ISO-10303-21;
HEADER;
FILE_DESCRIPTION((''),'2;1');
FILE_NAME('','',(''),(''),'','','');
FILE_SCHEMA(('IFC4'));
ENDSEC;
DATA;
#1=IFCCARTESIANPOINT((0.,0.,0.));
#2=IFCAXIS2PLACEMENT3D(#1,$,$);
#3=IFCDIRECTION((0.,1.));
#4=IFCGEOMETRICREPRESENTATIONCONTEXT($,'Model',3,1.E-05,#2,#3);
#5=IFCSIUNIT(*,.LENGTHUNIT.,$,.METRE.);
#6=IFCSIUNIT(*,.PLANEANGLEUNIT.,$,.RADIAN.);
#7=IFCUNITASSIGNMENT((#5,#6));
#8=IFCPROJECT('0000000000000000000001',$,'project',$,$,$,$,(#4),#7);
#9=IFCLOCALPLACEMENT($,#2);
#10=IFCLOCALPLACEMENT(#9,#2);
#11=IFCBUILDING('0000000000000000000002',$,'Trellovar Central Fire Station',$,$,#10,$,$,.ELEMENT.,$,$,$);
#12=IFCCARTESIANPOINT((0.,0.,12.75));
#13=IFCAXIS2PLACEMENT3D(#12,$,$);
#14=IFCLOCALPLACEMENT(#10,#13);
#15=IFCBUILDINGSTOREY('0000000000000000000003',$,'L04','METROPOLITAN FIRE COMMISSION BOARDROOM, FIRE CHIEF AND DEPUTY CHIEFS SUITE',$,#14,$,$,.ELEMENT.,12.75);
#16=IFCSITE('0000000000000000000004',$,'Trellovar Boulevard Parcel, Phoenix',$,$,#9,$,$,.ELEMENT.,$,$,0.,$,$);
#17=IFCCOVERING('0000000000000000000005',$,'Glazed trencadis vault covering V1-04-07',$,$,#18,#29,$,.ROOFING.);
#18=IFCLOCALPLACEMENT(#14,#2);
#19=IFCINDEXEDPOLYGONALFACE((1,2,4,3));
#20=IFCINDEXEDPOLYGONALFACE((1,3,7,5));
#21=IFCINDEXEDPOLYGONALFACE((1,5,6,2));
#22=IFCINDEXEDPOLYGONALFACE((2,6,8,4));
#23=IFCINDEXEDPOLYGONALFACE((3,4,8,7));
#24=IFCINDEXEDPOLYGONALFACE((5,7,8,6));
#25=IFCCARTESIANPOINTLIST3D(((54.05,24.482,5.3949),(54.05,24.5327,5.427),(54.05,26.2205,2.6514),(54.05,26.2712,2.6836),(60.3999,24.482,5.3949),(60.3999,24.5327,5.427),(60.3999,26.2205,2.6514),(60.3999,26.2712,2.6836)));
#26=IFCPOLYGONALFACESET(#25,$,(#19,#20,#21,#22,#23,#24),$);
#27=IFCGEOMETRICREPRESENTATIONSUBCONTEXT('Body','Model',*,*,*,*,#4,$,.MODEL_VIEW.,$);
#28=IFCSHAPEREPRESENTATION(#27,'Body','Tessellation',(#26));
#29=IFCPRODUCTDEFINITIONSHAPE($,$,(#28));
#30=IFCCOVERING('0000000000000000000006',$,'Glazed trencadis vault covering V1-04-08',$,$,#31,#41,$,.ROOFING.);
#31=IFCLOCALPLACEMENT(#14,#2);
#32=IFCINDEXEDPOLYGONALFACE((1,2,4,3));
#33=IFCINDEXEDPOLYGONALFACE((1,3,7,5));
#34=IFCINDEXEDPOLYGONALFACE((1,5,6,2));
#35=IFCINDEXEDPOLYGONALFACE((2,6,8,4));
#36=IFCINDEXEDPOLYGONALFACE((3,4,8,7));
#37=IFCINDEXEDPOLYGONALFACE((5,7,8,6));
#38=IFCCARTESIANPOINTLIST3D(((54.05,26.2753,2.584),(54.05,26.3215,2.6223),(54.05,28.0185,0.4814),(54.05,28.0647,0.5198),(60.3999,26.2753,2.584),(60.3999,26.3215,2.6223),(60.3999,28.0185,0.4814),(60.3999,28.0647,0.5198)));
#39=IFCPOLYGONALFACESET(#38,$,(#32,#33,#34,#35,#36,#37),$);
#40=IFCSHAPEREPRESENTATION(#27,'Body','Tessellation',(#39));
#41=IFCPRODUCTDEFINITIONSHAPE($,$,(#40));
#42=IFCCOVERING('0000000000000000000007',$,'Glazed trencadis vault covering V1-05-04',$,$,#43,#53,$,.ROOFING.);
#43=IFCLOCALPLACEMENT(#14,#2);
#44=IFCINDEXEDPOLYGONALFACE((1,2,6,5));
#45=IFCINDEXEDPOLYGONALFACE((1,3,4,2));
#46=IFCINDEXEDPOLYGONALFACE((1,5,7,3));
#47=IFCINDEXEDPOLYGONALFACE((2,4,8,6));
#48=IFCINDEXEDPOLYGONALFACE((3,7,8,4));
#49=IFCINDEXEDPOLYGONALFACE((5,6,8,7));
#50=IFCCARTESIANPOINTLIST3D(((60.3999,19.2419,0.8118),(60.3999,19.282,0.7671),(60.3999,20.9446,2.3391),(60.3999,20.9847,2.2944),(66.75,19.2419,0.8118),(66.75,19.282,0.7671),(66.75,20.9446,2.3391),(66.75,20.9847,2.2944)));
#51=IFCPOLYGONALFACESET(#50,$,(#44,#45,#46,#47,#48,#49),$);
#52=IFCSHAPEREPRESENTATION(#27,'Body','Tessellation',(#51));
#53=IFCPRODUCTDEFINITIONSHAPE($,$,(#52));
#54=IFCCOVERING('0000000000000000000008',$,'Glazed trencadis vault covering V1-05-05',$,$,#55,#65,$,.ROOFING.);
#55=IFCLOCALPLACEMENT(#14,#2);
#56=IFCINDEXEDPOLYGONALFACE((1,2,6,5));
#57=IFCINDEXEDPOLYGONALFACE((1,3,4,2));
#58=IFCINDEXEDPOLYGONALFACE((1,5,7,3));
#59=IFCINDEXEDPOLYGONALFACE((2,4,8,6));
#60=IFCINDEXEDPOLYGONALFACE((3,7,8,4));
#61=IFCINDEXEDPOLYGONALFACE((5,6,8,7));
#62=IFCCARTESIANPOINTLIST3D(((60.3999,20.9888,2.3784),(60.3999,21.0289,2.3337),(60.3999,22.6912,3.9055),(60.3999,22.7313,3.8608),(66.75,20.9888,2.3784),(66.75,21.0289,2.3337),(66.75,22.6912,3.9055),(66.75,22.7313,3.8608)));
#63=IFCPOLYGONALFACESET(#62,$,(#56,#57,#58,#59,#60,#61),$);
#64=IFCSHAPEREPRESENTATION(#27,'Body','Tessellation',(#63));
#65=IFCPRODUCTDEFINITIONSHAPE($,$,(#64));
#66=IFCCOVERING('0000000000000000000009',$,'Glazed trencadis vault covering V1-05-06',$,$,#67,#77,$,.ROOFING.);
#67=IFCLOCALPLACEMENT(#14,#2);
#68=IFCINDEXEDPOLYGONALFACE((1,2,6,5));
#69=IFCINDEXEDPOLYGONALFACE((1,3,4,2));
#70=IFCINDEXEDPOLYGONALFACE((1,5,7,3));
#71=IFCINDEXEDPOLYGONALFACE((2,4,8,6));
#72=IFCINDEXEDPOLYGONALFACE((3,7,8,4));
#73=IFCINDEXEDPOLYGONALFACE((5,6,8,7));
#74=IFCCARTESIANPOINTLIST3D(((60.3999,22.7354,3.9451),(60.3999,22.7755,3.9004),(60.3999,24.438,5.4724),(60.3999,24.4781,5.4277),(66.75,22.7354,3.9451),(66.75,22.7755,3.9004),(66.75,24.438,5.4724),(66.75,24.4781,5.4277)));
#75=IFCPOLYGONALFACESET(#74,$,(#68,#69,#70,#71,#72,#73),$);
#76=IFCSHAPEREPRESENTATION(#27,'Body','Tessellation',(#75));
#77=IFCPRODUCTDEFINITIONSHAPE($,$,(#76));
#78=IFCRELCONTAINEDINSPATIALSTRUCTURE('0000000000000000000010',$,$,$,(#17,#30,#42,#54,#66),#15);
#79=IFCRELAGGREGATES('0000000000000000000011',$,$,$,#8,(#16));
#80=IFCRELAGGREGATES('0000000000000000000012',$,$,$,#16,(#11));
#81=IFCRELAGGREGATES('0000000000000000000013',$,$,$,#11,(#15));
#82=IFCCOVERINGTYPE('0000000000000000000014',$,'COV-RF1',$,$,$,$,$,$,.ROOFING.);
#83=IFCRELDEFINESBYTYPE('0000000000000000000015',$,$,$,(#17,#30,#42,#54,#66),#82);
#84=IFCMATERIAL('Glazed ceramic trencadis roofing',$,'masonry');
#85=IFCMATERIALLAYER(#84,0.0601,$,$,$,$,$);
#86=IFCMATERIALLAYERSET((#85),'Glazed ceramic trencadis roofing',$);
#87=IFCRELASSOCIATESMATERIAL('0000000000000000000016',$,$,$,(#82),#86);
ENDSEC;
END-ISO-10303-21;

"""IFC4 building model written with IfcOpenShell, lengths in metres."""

from ifc_helpers import new_model, si_unit, direction, frame, origin, place, context, subcontext, project, spatial, polyline, outline, extrude, material, layer, layer_set, type_object, element, save


model = new_model("IFC4")

# Units and contexts
model_context = context("Model", 3, precision=1e-05, world=origin(), true_north=direction((0.0, 1.0)))
body_context = subcontext(model_context, "Body", "Model", "MODEL_VIEW")
ifc_project = project(units=[si_unit("LENGTHUNIT", "METRE"), si_unit("PLANEANGLEUNIT", "RADIAN")], contexts=[model_context])

# Site, building, storey
site_placement = place(None, origin())
site = spatial("IfcSite", under=ifc_project, at=site_placement, Name="Trellovar Boulevard Parcel, Phoenix", CompositionType="ELEMENT", RefElevation=0.0)
building_placement = place(site_placement, origin())
building = spatial("IfcBuilding", under=site, at=building_placement, Name="Trellovar Central Fire Station", CompositionType="ELEMENT")
storey_placement = place(building_placement, frame((0.0, 0.0, 12.75)))
storey = spatial("IfcBuildingStorey", under=building, at=storey_placement, Name="L04", Description="METROPOLITAN FIRE COMMISSION BOARDROOM, FIRE CHIEF AND DEPUTY CHIEFS SUITE", CompositionType="ELEMENT", Elevation=12.75)

# Coverings
ifc_material_1 = material(Name="Glazed ceramic trencadis roofing", Category="masonry")
ifc_layer_1 = layer(ifc_material_1, 0.0601)
ifc_layer_set_1 = layer_set([ifc_layer_1], Name="Glazed ceramic trencadis roofing")
covering_type = type_object("IfcCoveringType", Name="COV-RF1", PredefinedType="ROOFING", material=ifc_layer_set_1)
covering_1_placement = place(storey_placement, frame((54.05, 24.5327, 5.427), z_axis=(0.0, 0.844675, 0.535279), x_axis=(1.0, 0.0, 0.0)))
element("IfcCovering", 1, at=covering_1_placement, inside=storey, type_object=covering_type, Name="Glazed trencadis vault covering V1-04-07", PredefinedType="ROOFING", context=body_context, shape_type="SweptSolid", body=[
    extrude(outline(polyline([(0.0, 0.0), (6.3499, 0.0), (6.3499, 3.2479), (0.0, 3.2479), (0.0, 0.0)])), origin(), (0.0, 0.0, -1.0), 0.0601),
])
covering_2_placement = place(storey_placement, frame((54.05, 26.3215, 2.6223), z_axis=(0.0, 0.769831, 0.638248), x_axis=(1.0, 0.0, 0.0)))
element("IfcCovering", 2, at=covering_2_placement, inside=storey, type_object=covering_type, Name="Glazed trencadis vault covering V1-04-08", PredefinedType="ROOFING", context=body_context, shape_type="SweptSolid", body=[
    extrude(outline(polyline([(0.0, 0.0), (6.3499, 0.0), (6.3499, 2.7312), (0.0, 2.7312), (0.0, 0.0)])), origin(), (0.0, 0.0, -1.0), 0.0601),
])
covering_3_placement = place(storey_placement, frame((60.3999, 19.2419, 0.8118), z_axis=(0.0, -0.667749, 0.744386), x_axis=(1.0, 0.0, 0.0)))
element("IfcCovering", 3, at=covering_3_placement, inside=storey, type_object=covering_type, Name="Glazed trencadis vault covering V1-05-04", PredefinedType="ROOFING", context=body_context, shape_type="SweptSolid", body=[
    extrude(outline(polyline([(0.0, 0.0), (6.3501, 0.0), (6.3501, 2.2873), (0.0, 2.2873), (0.0, 0.0)])), origin(), (0.0, 0.0, -1.0), 0.0601),
])
covering_4_placement = place(storey_placement, frame((60.3999, 20.9888, 2.3784), z_axis=(0.0, -0.667743, 0.744392), x_axis=(1.0, 0.0, 0.0)))
element("IfcCovering", 4, at=covering_4_placement, inside=storey, type_object=covering_type, Name="Glazed trencadis vault covering V1-05-05", PredefinedType="ROOFING", context=body_context, shape_type="SweptSolid", body=[
    extrude(outline(polyline([(0.0, 0.0), (6.3501, 0.0), (6.3501, 2.287), (0.0, 2.287), (0.0, 0.0)])), origin(), (0.0, 0.0, -1.0), 0.0601),
])
covering_5_placement = place(storey_placement, frame((60.3999, 22.7354, 3.9451), z_axis=(0.0, -0.667749, 0.744386), x_axis=(1.0, 0.0, 0.0)))
element("IfcCovering", 5, at=covering_5_placement, inside=storey, type_object=covering_type, Name="Glazed trencadis vault covering V1-05-06", PredefinedType="ROOFING", context=body_context, shape_type="SweptSolid", body=[
    extrude(outline(polyline([(0.0, 0.0), (6.3501, 0.0), (6.3501, 2.2873), (0.0, 2.2873), (0.0, 0.0)])), origin(), (0.0, 0.0, -1.0), 0.0601),
])

save(model, "model.ifc")
